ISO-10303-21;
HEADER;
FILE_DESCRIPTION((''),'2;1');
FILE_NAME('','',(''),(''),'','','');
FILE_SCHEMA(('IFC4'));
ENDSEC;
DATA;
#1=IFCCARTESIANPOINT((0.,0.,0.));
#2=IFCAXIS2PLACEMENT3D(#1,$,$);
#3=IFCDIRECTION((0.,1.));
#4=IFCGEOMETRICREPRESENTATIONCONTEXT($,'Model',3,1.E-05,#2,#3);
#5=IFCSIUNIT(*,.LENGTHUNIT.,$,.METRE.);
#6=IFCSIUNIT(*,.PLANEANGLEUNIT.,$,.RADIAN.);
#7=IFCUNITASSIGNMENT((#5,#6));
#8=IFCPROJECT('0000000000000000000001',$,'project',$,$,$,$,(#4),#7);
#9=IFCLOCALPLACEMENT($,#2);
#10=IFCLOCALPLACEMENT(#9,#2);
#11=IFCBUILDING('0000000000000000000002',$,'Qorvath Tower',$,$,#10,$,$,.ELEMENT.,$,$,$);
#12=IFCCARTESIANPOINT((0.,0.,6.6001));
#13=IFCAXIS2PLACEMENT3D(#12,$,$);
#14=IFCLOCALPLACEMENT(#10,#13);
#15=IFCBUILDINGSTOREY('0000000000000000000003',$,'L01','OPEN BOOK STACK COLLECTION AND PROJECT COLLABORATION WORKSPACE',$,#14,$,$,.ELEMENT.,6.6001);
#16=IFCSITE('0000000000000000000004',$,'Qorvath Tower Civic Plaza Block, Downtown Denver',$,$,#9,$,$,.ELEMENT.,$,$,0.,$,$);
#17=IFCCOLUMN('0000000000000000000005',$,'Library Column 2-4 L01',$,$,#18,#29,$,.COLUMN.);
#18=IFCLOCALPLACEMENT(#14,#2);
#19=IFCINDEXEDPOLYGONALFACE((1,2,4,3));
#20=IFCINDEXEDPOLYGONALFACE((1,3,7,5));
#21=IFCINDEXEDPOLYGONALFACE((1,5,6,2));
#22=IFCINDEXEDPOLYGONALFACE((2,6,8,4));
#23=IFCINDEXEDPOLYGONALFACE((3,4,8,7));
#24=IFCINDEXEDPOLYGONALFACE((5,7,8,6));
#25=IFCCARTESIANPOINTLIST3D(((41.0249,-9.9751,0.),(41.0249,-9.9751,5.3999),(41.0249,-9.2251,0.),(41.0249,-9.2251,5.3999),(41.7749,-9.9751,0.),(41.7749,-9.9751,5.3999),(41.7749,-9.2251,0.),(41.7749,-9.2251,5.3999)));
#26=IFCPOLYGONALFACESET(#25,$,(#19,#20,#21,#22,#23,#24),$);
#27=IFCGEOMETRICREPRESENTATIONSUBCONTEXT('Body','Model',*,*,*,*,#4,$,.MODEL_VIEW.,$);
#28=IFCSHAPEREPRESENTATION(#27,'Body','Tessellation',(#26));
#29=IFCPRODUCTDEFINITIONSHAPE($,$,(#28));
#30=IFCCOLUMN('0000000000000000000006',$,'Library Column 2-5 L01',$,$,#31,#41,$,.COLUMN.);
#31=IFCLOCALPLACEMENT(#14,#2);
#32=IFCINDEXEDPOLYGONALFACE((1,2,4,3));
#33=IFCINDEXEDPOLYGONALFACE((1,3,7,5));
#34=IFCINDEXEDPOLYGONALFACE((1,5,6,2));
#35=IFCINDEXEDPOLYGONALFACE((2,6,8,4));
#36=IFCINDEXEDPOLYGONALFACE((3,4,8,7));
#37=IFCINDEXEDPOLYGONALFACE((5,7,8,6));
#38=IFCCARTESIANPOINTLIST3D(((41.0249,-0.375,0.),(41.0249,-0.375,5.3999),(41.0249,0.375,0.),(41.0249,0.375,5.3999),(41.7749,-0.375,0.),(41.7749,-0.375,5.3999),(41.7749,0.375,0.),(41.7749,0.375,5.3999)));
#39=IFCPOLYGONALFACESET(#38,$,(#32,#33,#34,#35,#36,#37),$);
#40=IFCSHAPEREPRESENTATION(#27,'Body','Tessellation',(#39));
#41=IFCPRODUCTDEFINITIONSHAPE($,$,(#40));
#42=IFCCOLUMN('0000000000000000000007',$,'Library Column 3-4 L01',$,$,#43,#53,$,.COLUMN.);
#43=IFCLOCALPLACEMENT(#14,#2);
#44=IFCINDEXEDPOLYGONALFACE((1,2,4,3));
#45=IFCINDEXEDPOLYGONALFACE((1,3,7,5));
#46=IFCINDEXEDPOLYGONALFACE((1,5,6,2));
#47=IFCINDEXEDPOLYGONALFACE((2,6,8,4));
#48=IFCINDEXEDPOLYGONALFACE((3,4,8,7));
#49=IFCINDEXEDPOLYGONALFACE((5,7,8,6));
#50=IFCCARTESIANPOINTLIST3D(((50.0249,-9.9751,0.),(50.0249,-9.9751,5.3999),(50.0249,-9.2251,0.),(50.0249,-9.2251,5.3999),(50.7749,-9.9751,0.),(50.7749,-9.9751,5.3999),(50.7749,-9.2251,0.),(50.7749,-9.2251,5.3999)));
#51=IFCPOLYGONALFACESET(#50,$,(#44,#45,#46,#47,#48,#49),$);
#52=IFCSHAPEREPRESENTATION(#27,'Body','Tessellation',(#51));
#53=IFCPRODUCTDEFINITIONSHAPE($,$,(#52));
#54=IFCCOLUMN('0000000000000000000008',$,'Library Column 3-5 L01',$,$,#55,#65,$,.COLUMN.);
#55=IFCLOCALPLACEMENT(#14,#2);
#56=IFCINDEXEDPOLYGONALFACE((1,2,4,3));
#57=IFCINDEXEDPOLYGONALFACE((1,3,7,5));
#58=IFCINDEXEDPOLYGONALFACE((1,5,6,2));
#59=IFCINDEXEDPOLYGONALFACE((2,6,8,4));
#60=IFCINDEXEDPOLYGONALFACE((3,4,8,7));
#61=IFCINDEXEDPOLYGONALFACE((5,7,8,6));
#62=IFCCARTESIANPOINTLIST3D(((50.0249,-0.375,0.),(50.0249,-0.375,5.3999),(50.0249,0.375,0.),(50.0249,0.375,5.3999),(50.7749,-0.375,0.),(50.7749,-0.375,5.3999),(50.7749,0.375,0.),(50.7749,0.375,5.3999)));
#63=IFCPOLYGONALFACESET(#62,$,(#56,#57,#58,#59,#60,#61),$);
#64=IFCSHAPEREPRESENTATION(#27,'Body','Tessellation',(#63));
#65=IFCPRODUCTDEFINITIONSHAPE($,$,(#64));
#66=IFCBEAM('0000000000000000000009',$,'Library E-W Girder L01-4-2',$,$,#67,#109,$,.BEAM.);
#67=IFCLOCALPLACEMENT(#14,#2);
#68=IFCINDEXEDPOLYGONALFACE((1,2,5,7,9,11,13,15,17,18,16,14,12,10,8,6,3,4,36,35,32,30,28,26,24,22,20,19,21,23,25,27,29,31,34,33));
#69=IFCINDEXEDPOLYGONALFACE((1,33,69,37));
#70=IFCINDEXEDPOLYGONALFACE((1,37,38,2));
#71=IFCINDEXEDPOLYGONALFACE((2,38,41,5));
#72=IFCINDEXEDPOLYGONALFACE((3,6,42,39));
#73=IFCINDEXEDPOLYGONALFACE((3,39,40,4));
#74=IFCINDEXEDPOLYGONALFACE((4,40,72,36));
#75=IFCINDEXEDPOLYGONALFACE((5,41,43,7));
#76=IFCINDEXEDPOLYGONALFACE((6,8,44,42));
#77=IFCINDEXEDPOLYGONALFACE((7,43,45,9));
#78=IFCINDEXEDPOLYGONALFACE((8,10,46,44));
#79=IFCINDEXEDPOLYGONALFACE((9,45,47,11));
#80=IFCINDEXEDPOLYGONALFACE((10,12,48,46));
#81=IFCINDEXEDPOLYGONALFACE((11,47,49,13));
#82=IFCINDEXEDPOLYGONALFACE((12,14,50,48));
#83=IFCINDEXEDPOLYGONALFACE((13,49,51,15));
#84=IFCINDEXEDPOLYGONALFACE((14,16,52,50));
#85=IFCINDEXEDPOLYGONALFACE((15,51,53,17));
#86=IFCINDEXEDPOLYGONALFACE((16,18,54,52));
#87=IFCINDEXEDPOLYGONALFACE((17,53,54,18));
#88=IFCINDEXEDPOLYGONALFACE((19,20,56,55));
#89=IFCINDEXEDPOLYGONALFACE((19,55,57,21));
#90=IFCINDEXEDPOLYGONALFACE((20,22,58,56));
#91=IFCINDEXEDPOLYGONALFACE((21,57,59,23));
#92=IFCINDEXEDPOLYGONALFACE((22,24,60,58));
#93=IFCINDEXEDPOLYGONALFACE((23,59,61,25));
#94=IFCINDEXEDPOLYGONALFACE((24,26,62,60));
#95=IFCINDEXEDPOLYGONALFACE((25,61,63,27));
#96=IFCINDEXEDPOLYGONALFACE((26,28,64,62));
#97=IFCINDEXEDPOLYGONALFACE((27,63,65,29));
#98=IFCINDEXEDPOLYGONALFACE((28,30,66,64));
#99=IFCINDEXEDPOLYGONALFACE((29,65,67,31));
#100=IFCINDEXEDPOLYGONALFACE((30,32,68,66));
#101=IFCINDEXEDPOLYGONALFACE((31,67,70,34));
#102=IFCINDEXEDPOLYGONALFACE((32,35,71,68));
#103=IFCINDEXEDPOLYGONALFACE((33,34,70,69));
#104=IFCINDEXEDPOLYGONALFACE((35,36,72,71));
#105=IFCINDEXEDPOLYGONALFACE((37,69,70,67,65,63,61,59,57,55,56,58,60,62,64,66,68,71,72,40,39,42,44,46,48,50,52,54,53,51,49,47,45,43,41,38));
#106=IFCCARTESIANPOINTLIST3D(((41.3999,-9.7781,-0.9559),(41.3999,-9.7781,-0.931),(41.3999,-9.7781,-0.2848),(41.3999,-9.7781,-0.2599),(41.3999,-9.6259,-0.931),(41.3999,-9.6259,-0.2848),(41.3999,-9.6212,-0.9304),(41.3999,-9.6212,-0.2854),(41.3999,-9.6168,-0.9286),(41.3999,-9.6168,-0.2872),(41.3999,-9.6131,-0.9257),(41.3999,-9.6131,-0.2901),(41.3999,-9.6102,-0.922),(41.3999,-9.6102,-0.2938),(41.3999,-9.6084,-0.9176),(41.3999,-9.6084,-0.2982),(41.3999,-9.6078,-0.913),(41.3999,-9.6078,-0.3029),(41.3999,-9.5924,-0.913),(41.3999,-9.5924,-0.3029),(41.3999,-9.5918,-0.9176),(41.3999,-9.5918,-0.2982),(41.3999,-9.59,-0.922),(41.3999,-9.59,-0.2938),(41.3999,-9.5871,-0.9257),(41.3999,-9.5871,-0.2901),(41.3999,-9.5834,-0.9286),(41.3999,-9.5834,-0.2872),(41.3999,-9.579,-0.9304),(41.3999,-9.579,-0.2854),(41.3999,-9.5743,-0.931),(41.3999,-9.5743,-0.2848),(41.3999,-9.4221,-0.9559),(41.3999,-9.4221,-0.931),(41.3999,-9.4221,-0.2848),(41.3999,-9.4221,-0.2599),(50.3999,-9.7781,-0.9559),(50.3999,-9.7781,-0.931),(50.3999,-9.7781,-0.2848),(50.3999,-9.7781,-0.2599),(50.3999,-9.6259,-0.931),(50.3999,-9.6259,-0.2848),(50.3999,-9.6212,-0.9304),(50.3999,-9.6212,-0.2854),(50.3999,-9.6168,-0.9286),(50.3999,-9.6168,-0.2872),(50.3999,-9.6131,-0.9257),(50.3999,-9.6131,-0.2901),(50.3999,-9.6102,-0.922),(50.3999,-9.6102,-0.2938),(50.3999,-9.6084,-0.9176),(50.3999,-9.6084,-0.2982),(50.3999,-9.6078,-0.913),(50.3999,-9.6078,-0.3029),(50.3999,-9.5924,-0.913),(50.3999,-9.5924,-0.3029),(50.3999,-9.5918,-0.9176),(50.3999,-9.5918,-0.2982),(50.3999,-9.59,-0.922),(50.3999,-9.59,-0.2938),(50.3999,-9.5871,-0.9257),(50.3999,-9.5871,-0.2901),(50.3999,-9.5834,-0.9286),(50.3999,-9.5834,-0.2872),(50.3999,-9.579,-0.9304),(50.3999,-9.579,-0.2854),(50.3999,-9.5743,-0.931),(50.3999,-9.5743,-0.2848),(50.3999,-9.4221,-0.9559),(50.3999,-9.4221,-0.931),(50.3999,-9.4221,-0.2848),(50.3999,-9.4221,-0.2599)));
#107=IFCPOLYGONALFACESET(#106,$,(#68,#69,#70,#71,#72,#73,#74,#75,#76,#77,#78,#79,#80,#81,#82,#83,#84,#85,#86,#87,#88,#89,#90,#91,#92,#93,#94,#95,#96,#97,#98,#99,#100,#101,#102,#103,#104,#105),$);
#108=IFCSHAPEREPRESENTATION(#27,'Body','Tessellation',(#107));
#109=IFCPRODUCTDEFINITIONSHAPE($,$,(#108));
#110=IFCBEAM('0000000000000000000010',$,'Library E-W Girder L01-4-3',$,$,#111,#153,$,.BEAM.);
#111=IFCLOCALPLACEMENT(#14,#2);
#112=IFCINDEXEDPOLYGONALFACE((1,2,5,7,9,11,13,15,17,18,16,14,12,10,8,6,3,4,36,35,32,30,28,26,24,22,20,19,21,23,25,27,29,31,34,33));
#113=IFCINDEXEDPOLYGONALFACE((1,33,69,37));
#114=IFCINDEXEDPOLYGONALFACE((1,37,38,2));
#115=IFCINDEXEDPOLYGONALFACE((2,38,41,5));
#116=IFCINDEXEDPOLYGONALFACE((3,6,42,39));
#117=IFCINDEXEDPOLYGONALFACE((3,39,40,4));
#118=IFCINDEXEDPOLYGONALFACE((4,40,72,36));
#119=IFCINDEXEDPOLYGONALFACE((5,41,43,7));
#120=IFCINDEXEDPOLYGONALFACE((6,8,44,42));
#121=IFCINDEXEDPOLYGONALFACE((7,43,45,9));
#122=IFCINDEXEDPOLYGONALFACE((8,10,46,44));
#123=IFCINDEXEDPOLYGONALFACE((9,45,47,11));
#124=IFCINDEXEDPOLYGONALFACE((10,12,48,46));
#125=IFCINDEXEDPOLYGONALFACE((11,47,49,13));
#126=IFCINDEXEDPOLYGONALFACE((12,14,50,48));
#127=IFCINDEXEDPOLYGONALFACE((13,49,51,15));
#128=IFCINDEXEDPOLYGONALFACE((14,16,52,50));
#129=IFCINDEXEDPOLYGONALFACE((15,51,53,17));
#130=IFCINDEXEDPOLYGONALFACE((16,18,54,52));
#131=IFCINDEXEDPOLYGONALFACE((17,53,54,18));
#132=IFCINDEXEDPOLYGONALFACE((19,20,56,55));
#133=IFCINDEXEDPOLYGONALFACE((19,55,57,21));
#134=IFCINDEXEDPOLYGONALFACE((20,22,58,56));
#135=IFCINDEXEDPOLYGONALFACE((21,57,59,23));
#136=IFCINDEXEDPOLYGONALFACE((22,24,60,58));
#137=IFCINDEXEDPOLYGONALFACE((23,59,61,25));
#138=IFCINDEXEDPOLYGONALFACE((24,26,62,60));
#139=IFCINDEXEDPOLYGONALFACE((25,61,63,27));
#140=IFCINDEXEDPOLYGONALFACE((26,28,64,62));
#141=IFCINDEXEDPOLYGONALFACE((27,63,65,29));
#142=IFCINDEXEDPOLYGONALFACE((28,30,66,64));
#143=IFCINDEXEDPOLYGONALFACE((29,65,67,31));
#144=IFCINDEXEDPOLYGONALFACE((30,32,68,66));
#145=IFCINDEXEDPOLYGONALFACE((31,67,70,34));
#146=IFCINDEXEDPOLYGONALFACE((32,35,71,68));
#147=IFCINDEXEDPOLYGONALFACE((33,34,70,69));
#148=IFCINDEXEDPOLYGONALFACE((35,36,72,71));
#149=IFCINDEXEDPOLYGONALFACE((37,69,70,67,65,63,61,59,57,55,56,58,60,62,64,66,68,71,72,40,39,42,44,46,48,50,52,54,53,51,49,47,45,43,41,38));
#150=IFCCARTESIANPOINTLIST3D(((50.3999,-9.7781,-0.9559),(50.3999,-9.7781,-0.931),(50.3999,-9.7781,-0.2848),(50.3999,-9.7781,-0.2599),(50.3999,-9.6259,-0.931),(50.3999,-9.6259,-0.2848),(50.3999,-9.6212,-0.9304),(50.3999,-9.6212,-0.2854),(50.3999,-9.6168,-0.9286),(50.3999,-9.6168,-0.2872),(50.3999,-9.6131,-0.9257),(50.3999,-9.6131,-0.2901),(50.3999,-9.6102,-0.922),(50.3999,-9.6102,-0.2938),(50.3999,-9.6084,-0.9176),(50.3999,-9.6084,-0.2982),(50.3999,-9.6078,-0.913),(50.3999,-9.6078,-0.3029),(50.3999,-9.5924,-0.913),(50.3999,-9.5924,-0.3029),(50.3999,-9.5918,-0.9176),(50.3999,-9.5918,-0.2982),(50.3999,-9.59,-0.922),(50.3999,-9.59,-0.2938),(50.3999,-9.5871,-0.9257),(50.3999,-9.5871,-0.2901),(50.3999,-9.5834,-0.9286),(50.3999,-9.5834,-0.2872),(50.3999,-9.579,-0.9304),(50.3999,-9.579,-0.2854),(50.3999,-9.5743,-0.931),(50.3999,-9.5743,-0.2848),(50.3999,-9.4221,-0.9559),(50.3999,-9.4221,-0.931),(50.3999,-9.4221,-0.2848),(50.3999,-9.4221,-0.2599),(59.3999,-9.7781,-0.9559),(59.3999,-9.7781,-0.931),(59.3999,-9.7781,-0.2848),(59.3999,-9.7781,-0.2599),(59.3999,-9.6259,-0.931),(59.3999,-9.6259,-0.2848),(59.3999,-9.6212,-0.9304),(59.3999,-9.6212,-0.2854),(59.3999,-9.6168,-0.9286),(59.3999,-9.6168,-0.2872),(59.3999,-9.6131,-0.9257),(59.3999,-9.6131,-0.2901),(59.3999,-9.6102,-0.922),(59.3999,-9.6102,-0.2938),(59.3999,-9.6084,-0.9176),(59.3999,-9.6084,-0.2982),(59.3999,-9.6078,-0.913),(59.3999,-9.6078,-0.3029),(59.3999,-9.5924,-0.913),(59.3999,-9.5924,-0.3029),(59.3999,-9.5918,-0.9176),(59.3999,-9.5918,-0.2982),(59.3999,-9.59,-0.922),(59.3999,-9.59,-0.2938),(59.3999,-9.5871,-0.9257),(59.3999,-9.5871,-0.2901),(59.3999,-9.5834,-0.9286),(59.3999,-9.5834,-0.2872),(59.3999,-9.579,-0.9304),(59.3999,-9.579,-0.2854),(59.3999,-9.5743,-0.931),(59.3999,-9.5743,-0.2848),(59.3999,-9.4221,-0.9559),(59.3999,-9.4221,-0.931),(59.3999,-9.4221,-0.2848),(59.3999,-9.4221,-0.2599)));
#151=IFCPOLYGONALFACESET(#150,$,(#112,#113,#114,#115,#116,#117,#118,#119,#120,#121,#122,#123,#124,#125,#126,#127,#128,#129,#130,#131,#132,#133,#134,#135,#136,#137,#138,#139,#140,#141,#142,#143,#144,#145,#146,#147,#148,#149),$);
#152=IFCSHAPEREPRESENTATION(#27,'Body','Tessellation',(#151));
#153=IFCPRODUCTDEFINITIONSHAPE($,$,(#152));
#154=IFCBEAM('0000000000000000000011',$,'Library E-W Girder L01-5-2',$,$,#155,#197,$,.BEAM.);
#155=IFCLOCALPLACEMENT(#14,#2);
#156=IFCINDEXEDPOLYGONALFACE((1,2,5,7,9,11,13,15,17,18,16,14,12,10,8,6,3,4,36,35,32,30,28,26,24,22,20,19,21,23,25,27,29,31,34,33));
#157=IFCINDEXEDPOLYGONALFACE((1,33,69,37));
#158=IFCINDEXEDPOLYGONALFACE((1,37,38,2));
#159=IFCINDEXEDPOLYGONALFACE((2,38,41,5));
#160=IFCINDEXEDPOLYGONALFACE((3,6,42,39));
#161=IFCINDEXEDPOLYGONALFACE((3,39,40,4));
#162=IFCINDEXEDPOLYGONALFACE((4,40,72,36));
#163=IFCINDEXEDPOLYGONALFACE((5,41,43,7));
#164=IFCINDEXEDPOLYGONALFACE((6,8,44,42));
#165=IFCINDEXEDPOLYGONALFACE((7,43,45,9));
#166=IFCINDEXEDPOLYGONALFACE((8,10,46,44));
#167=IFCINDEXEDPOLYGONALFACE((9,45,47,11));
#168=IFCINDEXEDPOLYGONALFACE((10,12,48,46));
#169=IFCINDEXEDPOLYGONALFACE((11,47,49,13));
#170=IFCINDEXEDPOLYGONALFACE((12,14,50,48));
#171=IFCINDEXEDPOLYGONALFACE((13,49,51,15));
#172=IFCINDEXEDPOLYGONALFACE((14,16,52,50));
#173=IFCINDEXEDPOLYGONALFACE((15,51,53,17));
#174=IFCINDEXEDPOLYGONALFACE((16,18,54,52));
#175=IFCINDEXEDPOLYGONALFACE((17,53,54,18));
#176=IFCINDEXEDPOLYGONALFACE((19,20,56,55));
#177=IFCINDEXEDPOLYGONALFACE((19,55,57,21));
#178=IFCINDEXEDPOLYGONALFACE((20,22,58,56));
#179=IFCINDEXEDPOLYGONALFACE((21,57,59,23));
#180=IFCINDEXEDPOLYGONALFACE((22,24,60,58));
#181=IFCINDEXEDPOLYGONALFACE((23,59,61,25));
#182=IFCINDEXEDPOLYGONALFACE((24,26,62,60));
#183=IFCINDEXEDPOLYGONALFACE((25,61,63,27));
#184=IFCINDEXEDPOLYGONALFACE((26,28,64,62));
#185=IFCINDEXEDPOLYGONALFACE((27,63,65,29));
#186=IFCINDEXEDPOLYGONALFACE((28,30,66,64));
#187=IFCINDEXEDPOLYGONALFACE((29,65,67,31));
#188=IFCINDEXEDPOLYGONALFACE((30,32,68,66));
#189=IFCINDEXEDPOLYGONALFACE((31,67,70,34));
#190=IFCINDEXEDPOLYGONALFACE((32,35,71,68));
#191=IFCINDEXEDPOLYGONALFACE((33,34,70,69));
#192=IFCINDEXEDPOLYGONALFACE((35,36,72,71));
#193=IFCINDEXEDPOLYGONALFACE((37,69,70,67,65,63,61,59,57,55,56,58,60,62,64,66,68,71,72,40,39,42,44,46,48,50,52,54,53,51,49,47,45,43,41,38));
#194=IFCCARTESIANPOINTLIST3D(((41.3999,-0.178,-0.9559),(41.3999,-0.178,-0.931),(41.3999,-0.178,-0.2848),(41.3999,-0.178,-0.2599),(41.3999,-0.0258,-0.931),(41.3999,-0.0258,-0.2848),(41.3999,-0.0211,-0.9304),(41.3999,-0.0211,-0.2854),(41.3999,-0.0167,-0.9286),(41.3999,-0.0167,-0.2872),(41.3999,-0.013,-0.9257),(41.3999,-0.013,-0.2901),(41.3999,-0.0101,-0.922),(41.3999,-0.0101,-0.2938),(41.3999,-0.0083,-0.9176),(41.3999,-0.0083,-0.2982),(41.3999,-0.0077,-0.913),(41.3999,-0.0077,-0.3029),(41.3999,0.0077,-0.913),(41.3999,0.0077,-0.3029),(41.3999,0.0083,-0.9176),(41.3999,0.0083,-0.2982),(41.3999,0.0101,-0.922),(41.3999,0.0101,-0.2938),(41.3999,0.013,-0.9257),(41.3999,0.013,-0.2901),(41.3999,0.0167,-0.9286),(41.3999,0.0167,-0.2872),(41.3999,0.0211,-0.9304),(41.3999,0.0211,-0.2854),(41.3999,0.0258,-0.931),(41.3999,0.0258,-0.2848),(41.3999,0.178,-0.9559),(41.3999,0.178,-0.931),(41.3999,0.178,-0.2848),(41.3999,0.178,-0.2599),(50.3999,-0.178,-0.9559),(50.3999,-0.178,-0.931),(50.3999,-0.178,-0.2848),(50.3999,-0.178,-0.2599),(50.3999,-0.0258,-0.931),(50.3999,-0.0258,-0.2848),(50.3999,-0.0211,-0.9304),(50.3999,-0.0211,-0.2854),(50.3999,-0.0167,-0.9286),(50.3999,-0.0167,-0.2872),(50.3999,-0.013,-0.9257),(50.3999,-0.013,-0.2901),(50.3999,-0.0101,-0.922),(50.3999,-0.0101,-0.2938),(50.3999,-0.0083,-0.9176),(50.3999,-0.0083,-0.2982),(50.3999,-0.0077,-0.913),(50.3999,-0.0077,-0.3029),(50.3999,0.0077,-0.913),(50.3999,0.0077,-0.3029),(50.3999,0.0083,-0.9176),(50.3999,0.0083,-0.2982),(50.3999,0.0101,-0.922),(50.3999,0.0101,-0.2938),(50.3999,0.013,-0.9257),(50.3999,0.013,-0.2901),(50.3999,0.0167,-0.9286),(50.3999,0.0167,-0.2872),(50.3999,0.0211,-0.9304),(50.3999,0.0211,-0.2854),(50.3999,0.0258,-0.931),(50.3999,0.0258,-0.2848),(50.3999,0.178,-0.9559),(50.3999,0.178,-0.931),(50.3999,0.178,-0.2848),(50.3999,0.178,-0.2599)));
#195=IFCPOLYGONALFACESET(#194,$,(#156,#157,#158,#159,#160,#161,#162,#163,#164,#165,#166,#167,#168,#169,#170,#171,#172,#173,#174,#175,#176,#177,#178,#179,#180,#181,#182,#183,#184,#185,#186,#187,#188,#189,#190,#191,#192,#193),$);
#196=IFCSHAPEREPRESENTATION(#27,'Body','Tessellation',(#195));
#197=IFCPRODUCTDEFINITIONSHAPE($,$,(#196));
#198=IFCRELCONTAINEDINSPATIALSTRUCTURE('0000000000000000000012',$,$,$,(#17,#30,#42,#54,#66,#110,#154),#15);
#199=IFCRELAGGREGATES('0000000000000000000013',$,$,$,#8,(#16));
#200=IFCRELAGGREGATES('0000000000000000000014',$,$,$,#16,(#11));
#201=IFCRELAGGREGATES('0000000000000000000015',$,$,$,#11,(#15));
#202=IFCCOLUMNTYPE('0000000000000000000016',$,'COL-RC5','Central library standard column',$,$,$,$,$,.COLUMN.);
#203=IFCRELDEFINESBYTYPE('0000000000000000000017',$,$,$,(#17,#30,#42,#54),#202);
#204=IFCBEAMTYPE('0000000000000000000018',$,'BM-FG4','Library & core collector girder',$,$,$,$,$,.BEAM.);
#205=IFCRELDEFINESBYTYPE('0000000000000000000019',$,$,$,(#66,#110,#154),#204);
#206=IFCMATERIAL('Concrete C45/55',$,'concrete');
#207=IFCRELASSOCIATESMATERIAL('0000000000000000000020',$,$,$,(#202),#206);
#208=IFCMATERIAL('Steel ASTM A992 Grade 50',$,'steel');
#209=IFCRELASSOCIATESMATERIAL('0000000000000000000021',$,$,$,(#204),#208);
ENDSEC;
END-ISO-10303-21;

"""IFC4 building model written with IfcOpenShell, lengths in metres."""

from ifc_helpers import new_model, si_unit, direction, frame, origin, origin_2d, place, context, subcontext, project, spatial, rectangle, i_section, extrude, material, material_profile, profile_set, type_object, element, save


model = new_model("IFC4")

# Units and contexts
model_context = context("Model", 3, precision=1e-05, world=origin(), true_north=direction((0.0, 1.0)))
body_context = subcontext(model_context, "Body", "Model", "MODEL_VIEW")
ifc_project = project(units=[si_unit("LENGTHUNIT", "METRE"), si_unit("PLANEANGLEUNIT", "RADIAN")], contexts=[model_context])

# Site, building, storey
site_placement = place(None, origin())
site = spatial("IfcSite", under=ifc_project, at=site_placement, Name="Qorvath Tower Civic Plaza Block, Downtown Denver", CompositionType="ELEMENT", RefElevation=0.0)
building_placement = place(site_placement, origin())
building = spatial("IfcBuilding", under=site, at=building_placement, Name="Qorvath Tower", CompositionType="ELEMENT")
storey_placement = place(building_placement, frame((0.0, 0.0, 6.6001)))
storey = spatial("IfcBuildingStorey", under=building, at=storey_placement, Name="L01", Description="OPEN BOOK STACK COLLECTION AND PROJECT COLLABORATION WORKSPACE", CompositionType="ELEMENT", Elevation=6.6001)

# Columns
ifc_material_1 = material(Name="Concrete C45/55", Category="concrete")
ifc_material_profile_1 = material_profile(ifc_material_1, rectangle(XDim=0.75, YDim=0.75, at=origin_2d()), Name="RC 750x750")
ifc_profile_set_1 = profile_set([ifc_material_profile_1], Name="Concrete C45/55")
column_type = type_object("IfcColumnType", Name="COL-RC5", Description="Central library standard column", PredefinedType="COLUMN", material=ifc_profile_set_1)
for number, where, z_axis, x_axis, name in (
    (1, (41.3999, -9.6001, 0.0), (0.0, 0.0, 1.0), (1.0, 0.0, 0.0), "Library Column 2-4 L01"),
    (2, (41.3999, 0.0, 0.0), (0.0, 0.0, 1.0), (1.0, 0.0, 0.0), "Library Column 2-5 L01"),
    (3, (50.3999, -9.6001, 0.0), (0.0, 0.0, 1.0), (1.0, 0.0, 0.0), "Library Column 3-4 L01"),
    (4, (50.3999, 0.0, 0.0), (0.0, 0.0, 1.0), (1.0, 0.0, 0.0), "Library Column 3-5 L01"),
):
    element("IfcColumn", number, at=place(storey_placement, frame(where, z_axis=z_axis, x_axis=x_axis)), inside=storey, type_object=column_type, Name=name, PredefinedType="COLUMN", context=body_context, shape_type="SweptSolid", body=[
        extrude(rectangle(XDim=0.75, YDim=0.75, at=origin_2d()), origin(), (0.0, 0.0, 1.0), 5.3999),
    ])

# Beams
ifc_material_2 = material(Name="Steel ASTM A992 Grade 50", Category="steel")
ifc_material_profile_2 = material_profile(ifc_material_2, i_section(OverallWidth=0.356, OverallDepth=0.696, WebThickness=0.0154, FlangeThickness=0.0249, FilletRadius=0.0181, at=origin_2d()), Name="W27x146")
ifc_profile_set_2 = profile_set([ifc_material_profile_2], Name="Steel ASTM A992 Grade 50")
beam_type_1 = type_object("IfcBeamType", Name="BM-FG4", Description="Library & core collector girder", PredefinedType="BEAM", material=ifc_profile_set_2)
for number, where, z_axis, x_axis, name in (
    (5, (41.3999, -9.6001, -0.6079), (1.0, 0.0, 0.0), (0.0, 1.0, 0.0), "Library E-W Girder L01-4-2"),
    (6, (50.3999, -9.6001, -0.6079), (1.0, 0.0, 0.0), (0.0, 1.0, 0.0), "Library E-W Girder L01-4-3"),
    (7, (41.3999, 0.0, -0.6079), (1.0, 0.0, 0.0), (0.0, 1.0, 0.0), "Library E-W Girder L01-5-2"),
):
    element("IfcBeam", number, at=place(storey_placement, frame(where, z_axis=z_axis, x_axis=x_axis)), inside=storey, type_object=beam_type_1, Name=name, PredefinedType="BEAM", context=body_context, shape_type="SweptSolid", body=[
        extrude(i_section(OverallWidth=0.356, OverallDepth=0.696, WebThickness=0.0154, FlangeThickness=0.0249, FilletRadius=0.0181, at=origin_2d()), origin(), (0.0, 0.0, 1.0), 9.0),
    ])

save(model, "model.ifc")
